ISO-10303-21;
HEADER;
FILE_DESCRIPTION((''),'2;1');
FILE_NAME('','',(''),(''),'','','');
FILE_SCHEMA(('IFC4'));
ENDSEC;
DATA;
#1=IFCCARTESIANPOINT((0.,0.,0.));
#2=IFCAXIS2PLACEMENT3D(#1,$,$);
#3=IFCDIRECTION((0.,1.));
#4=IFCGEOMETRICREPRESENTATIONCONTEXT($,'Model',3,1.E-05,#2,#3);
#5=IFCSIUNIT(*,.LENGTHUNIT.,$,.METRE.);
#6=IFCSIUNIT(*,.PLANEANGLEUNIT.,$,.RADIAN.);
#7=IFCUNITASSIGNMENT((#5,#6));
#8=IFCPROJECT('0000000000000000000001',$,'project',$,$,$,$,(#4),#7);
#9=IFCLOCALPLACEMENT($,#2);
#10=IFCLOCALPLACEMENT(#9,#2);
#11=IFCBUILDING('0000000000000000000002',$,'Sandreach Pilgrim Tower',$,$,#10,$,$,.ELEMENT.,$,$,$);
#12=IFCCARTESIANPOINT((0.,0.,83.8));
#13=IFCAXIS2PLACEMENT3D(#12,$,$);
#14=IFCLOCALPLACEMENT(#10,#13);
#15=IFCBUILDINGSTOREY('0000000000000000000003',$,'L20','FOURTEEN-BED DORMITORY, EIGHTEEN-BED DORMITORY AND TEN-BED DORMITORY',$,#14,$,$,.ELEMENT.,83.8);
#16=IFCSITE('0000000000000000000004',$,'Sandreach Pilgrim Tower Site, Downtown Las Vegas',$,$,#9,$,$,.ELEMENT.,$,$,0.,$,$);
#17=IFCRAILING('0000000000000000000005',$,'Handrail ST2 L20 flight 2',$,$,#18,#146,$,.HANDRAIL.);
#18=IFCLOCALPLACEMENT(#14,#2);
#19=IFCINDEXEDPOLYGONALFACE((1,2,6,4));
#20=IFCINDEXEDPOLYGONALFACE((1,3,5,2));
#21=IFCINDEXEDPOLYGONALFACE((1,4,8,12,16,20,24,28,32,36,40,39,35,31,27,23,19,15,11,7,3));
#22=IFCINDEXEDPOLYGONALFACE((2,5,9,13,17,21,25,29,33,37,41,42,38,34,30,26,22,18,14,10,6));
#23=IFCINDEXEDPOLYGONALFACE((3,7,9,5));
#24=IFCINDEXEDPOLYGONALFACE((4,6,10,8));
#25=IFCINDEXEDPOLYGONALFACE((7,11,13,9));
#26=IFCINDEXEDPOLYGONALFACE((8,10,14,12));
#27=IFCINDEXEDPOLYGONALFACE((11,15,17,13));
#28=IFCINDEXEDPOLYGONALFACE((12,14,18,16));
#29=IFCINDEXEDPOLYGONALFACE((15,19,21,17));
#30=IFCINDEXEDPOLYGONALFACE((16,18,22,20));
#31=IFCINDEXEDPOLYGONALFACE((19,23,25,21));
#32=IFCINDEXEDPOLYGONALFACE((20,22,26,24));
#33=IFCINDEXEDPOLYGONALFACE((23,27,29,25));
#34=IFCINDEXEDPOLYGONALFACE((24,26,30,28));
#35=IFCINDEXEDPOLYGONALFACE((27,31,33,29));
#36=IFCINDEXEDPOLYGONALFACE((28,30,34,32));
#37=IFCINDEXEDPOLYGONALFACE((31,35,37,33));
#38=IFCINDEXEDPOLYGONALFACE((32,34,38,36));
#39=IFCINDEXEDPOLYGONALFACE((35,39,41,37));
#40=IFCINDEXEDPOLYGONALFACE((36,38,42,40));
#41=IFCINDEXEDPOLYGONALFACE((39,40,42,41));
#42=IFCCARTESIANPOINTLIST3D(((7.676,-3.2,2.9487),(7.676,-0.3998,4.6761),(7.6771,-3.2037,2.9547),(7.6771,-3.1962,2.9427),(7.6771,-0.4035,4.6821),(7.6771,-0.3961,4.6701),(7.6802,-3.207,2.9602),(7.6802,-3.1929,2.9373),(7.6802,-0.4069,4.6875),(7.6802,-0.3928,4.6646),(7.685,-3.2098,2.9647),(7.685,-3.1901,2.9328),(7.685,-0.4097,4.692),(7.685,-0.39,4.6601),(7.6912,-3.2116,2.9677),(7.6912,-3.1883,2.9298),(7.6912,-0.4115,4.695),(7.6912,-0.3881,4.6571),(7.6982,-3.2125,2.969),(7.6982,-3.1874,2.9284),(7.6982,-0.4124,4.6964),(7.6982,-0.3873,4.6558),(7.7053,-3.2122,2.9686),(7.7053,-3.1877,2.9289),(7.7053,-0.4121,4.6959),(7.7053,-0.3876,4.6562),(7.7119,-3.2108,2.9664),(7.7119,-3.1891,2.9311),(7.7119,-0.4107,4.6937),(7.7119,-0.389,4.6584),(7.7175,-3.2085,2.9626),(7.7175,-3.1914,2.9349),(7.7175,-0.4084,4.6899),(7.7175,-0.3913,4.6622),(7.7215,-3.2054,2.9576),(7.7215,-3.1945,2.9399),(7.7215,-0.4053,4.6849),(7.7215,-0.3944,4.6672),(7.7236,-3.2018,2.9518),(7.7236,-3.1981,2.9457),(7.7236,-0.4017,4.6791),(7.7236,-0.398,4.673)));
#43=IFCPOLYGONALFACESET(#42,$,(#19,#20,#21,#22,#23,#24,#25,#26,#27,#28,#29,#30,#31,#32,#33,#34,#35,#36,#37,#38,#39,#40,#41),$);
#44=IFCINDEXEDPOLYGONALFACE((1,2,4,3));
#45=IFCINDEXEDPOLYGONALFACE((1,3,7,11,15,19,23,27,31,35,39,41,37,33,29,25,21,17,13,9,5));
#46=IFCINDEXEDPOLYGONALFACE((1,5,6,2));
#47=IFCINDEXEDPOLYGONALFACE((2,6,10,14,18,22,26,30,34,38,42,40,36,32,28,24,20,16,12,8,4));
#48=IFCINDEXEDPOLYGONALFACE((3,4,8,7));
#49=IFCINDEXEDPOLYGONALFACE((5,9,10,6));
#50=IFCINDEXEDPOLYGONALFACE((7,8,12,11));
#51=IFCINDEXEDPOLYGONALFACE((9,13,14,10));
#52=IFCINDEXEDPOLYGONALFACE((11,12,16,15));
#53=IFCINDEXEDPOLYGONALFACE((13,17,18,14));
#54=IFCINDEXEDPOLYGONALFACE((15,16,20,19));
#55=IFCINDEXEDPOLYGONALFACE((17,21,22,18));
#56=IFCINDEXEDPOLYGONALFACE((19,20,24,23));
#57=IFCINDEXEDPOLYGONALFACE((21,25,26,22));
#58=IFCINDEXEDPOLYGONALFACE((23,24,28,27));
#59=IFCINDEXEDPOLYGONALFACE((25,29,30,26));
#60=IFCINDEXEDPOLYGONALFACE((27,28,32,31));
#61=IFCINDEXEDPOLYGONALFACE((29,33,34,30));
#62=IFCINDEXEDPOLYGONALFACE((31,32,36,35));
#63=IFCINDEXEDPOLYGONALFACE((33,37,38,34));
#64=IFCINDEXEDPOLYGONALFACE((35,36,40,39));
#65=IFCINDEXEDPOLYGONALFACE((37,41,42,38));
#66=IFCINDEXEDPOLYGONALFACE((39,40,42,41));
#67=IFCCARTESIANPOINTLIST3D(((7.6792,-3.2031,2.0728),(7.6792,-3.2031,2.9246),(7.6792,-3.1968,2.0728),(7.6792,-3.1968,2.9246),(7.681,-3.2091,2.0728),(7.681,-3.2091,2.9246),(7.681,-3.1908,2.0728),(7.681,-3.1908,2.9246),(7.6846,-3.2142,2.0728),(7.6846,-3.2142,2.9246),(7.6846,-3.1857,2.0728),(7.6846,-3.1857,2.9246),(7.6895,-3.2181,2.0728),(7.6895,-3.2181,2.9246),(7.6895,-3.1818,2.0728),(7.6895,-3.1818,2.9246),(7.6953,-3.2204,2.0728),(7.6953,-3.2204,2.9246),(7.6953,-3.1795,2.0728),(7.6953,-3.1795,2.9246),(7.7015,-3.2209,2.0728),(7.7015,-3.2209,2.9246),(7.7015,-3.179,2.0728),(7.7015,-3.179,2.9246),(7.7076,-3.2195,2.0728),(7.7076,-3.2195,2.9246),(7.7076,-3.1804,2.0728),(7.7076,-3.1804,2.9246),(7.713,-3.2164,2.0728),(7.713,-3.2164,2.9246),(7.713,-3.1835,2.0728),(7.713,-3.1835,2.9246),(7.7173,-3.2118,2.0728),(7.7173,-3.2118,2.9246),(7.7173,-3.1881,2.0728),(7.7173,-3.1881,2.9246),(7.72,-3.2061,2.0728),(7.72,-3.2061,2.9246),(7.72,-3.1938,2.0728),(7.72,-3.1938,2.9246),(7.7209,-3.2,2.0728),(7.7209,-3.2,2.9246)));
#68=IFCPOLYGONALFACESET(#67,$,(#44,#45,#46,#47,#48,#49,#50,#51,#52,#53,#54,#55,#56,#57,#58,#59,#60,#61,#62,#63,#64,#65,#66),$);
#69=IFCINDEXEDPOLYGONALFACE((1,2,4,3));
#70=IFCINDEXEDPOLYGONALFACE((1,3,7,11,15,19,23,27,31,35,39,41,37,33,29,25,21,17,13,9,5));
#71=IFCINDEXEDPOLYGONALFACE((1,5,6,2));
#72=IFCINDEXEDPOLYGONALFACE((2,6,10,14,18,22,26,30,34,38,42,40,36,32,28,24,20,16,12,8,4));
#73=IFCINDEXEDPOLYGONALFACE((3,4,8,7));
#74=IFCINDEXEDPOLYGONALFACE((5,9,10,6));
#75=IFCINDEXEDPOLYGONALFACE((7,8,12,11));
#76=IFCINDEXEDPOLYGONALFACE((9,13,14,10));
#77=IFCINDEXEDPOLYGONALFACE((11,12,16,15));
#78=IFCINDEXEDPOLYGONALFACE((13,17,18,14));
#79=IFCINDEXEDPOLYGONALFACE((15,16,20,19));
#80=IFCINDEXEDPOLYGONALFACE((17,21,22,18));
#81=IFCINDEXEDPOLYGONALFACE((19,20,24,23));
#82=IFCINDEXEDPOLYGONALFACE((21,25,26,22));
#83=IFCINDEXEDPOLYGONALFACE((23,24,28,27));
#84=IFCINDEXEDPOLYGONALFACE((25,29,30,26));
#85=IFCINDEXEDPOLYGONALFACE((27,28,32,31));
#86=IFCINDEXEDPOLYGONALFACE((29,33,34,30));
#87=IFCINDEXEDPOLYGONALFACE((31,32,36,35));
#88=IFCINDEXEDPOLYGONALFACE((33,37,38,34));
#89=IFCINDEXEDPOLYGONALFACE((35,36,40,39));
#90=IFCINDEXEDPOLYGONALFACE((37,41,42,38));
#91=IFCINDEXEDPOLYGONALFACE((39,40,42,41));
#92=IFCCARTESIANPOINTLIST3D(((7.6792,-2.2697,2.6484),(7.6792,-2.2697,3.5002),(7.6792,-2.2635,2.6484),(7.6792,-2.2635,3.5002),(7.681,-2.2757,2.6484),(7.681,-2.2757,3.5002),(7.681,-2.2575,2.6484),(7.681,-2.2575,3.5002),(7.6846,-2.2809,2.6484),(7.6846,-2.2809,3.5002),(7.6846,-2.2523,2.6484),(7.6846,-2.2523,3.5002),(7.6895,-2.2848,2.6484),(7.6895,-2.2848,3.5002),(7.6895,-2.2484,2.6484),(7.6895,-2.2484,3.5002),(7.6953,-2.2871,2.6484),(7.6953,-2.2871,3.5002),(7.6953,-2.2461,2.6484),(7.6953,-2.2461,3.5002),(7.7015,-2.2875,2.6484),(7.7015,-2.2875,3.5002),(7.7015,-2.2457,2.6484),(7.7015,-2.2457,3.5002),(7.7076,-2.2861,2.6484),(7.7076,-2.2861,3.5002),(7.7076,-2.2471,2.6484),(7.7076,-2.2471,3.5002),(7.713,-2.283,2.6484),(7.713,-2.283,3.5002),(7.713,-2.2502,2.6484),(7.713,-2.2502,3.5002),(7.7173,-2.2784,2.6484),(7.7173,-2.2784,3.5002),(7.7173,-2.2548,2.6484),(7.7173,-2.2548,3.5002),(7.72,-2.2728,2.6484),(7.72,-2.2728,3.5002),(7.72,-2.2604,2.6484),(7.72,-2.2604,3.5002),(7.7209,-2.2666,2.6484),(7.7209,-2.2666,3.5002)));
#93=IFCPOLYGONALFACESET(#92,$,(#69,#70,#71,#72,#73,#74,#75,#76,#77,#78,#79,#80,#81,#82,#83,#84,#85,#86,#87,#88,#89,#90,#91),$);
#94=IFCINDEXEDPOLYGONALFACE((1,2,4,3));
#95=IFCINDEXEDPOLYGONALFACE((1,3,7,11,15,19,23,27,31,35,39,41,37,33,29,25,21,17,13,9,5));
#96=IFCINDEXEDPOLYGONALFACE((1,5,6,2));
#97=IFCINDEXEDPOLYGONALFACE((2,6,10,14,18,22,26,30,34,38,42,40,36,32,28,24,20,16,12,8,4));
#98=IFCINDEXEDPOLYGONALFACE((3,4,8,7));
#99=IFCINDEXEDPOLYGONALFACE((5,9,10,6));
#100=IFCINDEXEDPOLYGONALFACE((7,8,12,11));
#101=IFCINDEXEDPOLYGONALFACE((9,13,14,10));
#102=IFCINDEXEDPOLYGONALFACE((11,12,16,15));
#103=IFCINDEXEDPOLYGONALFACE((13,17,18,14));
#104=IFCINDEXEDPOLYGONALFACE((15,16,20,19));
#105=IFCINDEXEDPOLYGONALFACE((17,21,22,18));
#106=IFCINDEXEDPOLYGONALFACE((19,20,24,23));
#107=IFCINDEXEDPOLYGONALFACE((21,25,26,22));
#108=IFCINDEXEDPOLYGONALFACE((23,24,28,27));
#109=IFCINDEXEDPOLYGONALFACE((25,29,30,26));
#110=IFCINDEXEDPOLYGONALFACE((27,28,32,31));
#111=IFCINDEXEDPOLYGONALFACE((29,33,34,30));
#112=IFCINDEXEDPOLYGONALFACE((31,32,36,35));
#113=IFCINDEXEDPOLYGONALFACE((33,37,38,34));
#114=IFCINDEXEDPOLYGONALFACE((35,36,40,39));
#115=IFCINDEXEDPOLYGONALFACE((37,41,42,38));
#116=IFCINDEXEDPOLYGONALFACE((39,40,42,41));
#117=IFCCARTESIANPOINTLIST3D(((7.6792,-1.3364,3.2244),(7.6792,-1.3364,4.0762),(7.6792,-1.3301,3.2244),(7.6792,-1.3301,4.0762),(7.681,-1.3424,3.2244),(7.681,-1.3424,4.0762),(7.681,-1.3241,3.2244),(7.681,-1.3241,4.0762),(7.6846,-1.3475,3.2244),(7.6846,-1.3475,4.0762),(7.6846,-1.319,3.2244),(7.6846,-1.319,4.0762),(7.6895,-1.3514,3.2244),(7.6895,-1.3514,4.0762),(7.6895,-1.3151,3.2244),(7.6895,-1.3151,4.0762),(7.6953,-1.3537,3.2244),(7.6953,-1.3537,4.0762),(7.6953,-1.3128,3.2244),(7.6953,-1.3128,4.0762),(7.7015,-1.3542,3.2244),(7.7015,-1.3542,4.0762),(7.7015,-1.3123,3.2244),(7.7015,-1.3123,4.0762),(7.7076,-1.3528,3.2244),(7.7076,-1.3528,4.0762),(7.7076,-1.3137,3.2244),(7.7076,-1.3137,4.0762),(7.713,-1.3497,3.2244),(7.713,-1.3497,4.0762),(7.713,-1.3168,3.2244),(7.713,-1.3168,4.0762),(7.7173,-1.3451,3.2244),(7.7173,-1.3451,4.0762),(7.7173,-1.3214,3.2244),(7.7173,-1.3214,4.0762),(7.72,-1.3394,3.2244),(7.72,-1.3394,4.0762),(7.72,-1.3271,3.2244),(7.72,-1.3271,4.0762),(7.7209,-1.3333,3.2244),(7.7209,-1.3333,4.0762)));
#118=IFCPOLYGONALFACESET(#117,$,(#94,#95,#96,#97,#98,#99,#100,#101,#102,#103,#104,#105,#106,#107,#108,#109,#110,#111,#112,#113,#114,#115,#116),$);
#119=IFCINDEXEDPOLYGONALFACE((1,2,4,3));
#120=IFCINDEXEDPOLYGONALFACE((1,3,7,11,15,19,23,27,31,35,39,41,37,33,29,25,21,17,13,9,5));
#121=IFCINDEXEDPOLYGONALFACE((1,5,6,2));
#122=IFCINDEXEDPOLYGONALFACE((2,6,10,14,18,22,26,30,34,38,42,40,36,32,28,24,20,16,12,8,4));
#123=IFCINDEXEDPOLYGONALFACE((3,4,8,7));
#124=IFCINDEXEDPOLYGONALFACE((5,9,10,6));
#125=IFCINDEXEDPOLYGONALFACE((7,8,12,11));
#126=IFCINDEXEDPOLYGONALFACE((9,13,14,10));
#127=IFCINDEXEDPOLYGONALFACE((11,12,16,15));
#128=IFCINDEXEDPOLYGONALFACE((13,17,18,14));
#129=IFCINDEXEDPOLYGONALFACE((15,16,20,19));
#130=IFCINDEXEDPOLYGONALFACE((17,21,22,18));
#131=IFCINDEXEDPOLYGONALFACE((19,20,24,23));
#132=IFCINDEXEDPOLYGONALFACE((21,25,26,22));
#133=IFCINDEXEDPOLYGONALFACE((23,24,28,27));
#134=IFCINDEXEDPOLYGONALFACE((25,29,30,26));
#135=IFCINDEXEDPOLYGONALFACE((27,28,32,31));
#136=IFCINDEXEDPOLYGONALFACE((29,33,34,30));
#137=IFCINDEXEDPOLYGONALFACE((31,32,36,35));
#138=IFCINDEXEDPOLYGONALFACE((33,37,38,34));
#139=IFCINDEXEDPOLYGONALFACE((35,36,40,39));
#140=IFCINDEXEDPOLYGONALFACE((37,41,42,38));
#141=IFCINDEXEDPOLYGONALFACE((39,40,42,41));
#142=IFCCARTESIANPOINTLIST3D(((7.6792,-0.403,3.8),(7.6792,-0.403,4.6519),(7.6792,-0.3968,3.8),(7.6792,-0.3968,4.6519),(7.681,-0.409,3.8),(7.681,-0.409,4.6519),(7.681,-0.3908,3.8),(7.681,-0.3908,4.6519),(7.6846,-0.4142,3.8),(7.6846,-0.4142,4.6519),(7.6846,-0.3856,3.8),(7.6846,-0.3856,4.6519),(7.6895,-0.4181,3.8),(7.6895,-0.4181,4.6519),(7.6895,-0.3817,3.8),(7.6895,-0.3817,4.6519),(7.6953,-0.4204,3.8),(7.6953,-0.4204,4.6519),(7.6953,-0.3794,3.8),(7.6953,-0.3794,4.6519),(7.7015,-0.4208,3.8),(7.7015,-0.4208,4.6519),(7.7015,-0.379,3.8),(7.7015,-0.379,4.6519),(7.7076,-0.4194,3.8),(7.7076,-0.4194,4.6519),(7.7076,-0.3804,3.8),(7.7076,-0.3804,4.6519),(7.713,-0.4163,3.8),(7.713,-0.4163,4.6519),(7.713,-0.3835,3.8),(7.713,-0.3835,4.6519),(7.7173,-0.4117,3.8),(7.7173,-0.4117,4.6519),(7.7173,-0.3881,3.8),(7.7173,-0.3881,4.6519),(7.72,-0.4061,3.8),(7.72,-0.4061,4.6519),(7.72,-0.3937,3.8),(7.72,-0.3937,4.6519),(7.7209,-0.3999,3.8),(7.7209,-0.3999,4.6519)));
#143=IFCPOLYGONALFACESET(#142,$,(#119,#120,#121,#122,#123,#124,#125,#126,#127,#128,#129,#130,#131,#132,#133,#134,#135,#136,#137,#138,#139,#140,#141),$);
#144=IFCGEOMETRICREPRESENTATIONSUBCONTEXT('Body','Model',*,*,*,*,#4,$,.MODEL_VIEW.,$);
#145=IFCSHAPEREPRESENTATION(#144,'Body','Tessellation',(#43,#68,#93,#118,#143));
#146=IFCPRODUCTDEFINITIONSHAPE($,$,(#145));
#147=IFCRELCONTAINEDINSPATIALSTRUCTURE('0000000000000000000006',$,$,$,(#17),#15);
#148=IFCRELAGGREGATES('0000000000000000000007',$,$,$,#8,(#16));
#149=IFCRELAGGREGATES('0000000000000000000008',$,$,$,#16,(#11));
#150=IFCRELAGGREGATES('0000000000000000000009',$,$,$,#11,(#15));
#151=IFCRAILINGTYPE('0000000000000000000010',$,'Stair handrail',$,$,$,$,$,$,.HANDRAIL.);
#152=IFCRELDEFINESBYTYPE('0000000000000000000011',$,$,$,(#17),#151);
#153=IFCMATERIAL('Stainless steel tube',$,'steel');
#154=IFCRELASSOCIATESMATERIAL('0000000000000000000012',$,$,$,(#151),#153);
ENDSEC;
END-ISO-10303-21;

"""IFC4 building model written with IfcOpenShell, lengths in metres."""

from ifc_helpers import new_model, si_unit, direction, frame, origin, origin_2d, place, context, subcontext, project, spatial, circle, extrude, material, type_object, element, save


model = new_model("IFC4")

# Units and contexts
model_context = context("Model", 3, precision=1e-05, world=origin(), true_north=direction((0.0, 1.0)))
body_context = subcontext(model_context, "Body", "Model", "MODEL_VIEW")
ifc_project = project(units=[si_unit("LENGTHUNIT", "METRE"), si_unit("PLANEANGLEUNIT", "RADIAN")], contexts=[model_context])

# Site, building, storey
site_placement = place(None, origin())
site = spatial("IfcSite", under=ifc_project, at=site_placement, Name="Sandreach Pilgrim Tower Site, Downtown Las Vegas", CompositionType="ELEMENT", RefElevation=0.0)
building_placement = place(site_placement, origin())
building = spatial("IfcBuilding", under=site, at=building_placement, Name="Sandreach Pilgrim Tower", CompositionType="ELEMENT")
storey_placement = place(building_placement, frame((0.0, 0.0, 83.8)))
storey = spatial("IfcBuildingStorey", under=building, at=storey_placement, Name="L20", Description="FOURTEEN-BED DORMITORY, EIGHTEEN-BED DORMITORY AND TEN-BED DORMITORY", CompositionType="ELEMENT", Elevation=83.8)

# Railing
ifc_material_1 = material(Name="Stainless steel tube", Category="steel")
railing_type = type_object("IfcRailingType", Name="Stair handrail", PredefinedType="HANDRAIL", material=ifc_material_1)
for number, where, name in (
    (1, (7.7, -3.2, 2.0728), "Handrail ST2 L20 flight 2"),
):
    element("IfcRailing", number, at=place(storey_placement, frame(where)), inside=storey, type_object=railing_type, Name=name, PredefinedType="HANDRAIL", context=body_context, shape_type="SweptSolid", body=[
        extrude(circle(Radius=0.0239, at=origin_2d()), frame((0.0, 0.0, 0.876), z_axis=(0.0, 0.85109, 0.52502), x_axis=(-1.0, 0.0, 0.0)), (0.0, 0.0, 1.0), 3.29),
        extrude(circle(Radius=0.021, at=origin_2d()), origin(), (0.0, 0.0, 1.0), 0.8518),
        extrude(circle(Radius=0.021, at=origin_2d()), frame((0.0, 0.9333, 0.5757)), (0.0, 0.0, 1.0), 0.8518),
        extrude(circle(Radius=0.021, at=origin_2d()), frame((0.0, 1.8667, 1.1516)), (0.0, 0.0, 1.0), 0.8518),
        extrude(circle(Radius=0.021, at=origin_2d()), frame((0.0, 2.8, 1.7273)), (0.0, 0.0, 1.0), 0.8518),
    ])

save(model, "model.ifc")
